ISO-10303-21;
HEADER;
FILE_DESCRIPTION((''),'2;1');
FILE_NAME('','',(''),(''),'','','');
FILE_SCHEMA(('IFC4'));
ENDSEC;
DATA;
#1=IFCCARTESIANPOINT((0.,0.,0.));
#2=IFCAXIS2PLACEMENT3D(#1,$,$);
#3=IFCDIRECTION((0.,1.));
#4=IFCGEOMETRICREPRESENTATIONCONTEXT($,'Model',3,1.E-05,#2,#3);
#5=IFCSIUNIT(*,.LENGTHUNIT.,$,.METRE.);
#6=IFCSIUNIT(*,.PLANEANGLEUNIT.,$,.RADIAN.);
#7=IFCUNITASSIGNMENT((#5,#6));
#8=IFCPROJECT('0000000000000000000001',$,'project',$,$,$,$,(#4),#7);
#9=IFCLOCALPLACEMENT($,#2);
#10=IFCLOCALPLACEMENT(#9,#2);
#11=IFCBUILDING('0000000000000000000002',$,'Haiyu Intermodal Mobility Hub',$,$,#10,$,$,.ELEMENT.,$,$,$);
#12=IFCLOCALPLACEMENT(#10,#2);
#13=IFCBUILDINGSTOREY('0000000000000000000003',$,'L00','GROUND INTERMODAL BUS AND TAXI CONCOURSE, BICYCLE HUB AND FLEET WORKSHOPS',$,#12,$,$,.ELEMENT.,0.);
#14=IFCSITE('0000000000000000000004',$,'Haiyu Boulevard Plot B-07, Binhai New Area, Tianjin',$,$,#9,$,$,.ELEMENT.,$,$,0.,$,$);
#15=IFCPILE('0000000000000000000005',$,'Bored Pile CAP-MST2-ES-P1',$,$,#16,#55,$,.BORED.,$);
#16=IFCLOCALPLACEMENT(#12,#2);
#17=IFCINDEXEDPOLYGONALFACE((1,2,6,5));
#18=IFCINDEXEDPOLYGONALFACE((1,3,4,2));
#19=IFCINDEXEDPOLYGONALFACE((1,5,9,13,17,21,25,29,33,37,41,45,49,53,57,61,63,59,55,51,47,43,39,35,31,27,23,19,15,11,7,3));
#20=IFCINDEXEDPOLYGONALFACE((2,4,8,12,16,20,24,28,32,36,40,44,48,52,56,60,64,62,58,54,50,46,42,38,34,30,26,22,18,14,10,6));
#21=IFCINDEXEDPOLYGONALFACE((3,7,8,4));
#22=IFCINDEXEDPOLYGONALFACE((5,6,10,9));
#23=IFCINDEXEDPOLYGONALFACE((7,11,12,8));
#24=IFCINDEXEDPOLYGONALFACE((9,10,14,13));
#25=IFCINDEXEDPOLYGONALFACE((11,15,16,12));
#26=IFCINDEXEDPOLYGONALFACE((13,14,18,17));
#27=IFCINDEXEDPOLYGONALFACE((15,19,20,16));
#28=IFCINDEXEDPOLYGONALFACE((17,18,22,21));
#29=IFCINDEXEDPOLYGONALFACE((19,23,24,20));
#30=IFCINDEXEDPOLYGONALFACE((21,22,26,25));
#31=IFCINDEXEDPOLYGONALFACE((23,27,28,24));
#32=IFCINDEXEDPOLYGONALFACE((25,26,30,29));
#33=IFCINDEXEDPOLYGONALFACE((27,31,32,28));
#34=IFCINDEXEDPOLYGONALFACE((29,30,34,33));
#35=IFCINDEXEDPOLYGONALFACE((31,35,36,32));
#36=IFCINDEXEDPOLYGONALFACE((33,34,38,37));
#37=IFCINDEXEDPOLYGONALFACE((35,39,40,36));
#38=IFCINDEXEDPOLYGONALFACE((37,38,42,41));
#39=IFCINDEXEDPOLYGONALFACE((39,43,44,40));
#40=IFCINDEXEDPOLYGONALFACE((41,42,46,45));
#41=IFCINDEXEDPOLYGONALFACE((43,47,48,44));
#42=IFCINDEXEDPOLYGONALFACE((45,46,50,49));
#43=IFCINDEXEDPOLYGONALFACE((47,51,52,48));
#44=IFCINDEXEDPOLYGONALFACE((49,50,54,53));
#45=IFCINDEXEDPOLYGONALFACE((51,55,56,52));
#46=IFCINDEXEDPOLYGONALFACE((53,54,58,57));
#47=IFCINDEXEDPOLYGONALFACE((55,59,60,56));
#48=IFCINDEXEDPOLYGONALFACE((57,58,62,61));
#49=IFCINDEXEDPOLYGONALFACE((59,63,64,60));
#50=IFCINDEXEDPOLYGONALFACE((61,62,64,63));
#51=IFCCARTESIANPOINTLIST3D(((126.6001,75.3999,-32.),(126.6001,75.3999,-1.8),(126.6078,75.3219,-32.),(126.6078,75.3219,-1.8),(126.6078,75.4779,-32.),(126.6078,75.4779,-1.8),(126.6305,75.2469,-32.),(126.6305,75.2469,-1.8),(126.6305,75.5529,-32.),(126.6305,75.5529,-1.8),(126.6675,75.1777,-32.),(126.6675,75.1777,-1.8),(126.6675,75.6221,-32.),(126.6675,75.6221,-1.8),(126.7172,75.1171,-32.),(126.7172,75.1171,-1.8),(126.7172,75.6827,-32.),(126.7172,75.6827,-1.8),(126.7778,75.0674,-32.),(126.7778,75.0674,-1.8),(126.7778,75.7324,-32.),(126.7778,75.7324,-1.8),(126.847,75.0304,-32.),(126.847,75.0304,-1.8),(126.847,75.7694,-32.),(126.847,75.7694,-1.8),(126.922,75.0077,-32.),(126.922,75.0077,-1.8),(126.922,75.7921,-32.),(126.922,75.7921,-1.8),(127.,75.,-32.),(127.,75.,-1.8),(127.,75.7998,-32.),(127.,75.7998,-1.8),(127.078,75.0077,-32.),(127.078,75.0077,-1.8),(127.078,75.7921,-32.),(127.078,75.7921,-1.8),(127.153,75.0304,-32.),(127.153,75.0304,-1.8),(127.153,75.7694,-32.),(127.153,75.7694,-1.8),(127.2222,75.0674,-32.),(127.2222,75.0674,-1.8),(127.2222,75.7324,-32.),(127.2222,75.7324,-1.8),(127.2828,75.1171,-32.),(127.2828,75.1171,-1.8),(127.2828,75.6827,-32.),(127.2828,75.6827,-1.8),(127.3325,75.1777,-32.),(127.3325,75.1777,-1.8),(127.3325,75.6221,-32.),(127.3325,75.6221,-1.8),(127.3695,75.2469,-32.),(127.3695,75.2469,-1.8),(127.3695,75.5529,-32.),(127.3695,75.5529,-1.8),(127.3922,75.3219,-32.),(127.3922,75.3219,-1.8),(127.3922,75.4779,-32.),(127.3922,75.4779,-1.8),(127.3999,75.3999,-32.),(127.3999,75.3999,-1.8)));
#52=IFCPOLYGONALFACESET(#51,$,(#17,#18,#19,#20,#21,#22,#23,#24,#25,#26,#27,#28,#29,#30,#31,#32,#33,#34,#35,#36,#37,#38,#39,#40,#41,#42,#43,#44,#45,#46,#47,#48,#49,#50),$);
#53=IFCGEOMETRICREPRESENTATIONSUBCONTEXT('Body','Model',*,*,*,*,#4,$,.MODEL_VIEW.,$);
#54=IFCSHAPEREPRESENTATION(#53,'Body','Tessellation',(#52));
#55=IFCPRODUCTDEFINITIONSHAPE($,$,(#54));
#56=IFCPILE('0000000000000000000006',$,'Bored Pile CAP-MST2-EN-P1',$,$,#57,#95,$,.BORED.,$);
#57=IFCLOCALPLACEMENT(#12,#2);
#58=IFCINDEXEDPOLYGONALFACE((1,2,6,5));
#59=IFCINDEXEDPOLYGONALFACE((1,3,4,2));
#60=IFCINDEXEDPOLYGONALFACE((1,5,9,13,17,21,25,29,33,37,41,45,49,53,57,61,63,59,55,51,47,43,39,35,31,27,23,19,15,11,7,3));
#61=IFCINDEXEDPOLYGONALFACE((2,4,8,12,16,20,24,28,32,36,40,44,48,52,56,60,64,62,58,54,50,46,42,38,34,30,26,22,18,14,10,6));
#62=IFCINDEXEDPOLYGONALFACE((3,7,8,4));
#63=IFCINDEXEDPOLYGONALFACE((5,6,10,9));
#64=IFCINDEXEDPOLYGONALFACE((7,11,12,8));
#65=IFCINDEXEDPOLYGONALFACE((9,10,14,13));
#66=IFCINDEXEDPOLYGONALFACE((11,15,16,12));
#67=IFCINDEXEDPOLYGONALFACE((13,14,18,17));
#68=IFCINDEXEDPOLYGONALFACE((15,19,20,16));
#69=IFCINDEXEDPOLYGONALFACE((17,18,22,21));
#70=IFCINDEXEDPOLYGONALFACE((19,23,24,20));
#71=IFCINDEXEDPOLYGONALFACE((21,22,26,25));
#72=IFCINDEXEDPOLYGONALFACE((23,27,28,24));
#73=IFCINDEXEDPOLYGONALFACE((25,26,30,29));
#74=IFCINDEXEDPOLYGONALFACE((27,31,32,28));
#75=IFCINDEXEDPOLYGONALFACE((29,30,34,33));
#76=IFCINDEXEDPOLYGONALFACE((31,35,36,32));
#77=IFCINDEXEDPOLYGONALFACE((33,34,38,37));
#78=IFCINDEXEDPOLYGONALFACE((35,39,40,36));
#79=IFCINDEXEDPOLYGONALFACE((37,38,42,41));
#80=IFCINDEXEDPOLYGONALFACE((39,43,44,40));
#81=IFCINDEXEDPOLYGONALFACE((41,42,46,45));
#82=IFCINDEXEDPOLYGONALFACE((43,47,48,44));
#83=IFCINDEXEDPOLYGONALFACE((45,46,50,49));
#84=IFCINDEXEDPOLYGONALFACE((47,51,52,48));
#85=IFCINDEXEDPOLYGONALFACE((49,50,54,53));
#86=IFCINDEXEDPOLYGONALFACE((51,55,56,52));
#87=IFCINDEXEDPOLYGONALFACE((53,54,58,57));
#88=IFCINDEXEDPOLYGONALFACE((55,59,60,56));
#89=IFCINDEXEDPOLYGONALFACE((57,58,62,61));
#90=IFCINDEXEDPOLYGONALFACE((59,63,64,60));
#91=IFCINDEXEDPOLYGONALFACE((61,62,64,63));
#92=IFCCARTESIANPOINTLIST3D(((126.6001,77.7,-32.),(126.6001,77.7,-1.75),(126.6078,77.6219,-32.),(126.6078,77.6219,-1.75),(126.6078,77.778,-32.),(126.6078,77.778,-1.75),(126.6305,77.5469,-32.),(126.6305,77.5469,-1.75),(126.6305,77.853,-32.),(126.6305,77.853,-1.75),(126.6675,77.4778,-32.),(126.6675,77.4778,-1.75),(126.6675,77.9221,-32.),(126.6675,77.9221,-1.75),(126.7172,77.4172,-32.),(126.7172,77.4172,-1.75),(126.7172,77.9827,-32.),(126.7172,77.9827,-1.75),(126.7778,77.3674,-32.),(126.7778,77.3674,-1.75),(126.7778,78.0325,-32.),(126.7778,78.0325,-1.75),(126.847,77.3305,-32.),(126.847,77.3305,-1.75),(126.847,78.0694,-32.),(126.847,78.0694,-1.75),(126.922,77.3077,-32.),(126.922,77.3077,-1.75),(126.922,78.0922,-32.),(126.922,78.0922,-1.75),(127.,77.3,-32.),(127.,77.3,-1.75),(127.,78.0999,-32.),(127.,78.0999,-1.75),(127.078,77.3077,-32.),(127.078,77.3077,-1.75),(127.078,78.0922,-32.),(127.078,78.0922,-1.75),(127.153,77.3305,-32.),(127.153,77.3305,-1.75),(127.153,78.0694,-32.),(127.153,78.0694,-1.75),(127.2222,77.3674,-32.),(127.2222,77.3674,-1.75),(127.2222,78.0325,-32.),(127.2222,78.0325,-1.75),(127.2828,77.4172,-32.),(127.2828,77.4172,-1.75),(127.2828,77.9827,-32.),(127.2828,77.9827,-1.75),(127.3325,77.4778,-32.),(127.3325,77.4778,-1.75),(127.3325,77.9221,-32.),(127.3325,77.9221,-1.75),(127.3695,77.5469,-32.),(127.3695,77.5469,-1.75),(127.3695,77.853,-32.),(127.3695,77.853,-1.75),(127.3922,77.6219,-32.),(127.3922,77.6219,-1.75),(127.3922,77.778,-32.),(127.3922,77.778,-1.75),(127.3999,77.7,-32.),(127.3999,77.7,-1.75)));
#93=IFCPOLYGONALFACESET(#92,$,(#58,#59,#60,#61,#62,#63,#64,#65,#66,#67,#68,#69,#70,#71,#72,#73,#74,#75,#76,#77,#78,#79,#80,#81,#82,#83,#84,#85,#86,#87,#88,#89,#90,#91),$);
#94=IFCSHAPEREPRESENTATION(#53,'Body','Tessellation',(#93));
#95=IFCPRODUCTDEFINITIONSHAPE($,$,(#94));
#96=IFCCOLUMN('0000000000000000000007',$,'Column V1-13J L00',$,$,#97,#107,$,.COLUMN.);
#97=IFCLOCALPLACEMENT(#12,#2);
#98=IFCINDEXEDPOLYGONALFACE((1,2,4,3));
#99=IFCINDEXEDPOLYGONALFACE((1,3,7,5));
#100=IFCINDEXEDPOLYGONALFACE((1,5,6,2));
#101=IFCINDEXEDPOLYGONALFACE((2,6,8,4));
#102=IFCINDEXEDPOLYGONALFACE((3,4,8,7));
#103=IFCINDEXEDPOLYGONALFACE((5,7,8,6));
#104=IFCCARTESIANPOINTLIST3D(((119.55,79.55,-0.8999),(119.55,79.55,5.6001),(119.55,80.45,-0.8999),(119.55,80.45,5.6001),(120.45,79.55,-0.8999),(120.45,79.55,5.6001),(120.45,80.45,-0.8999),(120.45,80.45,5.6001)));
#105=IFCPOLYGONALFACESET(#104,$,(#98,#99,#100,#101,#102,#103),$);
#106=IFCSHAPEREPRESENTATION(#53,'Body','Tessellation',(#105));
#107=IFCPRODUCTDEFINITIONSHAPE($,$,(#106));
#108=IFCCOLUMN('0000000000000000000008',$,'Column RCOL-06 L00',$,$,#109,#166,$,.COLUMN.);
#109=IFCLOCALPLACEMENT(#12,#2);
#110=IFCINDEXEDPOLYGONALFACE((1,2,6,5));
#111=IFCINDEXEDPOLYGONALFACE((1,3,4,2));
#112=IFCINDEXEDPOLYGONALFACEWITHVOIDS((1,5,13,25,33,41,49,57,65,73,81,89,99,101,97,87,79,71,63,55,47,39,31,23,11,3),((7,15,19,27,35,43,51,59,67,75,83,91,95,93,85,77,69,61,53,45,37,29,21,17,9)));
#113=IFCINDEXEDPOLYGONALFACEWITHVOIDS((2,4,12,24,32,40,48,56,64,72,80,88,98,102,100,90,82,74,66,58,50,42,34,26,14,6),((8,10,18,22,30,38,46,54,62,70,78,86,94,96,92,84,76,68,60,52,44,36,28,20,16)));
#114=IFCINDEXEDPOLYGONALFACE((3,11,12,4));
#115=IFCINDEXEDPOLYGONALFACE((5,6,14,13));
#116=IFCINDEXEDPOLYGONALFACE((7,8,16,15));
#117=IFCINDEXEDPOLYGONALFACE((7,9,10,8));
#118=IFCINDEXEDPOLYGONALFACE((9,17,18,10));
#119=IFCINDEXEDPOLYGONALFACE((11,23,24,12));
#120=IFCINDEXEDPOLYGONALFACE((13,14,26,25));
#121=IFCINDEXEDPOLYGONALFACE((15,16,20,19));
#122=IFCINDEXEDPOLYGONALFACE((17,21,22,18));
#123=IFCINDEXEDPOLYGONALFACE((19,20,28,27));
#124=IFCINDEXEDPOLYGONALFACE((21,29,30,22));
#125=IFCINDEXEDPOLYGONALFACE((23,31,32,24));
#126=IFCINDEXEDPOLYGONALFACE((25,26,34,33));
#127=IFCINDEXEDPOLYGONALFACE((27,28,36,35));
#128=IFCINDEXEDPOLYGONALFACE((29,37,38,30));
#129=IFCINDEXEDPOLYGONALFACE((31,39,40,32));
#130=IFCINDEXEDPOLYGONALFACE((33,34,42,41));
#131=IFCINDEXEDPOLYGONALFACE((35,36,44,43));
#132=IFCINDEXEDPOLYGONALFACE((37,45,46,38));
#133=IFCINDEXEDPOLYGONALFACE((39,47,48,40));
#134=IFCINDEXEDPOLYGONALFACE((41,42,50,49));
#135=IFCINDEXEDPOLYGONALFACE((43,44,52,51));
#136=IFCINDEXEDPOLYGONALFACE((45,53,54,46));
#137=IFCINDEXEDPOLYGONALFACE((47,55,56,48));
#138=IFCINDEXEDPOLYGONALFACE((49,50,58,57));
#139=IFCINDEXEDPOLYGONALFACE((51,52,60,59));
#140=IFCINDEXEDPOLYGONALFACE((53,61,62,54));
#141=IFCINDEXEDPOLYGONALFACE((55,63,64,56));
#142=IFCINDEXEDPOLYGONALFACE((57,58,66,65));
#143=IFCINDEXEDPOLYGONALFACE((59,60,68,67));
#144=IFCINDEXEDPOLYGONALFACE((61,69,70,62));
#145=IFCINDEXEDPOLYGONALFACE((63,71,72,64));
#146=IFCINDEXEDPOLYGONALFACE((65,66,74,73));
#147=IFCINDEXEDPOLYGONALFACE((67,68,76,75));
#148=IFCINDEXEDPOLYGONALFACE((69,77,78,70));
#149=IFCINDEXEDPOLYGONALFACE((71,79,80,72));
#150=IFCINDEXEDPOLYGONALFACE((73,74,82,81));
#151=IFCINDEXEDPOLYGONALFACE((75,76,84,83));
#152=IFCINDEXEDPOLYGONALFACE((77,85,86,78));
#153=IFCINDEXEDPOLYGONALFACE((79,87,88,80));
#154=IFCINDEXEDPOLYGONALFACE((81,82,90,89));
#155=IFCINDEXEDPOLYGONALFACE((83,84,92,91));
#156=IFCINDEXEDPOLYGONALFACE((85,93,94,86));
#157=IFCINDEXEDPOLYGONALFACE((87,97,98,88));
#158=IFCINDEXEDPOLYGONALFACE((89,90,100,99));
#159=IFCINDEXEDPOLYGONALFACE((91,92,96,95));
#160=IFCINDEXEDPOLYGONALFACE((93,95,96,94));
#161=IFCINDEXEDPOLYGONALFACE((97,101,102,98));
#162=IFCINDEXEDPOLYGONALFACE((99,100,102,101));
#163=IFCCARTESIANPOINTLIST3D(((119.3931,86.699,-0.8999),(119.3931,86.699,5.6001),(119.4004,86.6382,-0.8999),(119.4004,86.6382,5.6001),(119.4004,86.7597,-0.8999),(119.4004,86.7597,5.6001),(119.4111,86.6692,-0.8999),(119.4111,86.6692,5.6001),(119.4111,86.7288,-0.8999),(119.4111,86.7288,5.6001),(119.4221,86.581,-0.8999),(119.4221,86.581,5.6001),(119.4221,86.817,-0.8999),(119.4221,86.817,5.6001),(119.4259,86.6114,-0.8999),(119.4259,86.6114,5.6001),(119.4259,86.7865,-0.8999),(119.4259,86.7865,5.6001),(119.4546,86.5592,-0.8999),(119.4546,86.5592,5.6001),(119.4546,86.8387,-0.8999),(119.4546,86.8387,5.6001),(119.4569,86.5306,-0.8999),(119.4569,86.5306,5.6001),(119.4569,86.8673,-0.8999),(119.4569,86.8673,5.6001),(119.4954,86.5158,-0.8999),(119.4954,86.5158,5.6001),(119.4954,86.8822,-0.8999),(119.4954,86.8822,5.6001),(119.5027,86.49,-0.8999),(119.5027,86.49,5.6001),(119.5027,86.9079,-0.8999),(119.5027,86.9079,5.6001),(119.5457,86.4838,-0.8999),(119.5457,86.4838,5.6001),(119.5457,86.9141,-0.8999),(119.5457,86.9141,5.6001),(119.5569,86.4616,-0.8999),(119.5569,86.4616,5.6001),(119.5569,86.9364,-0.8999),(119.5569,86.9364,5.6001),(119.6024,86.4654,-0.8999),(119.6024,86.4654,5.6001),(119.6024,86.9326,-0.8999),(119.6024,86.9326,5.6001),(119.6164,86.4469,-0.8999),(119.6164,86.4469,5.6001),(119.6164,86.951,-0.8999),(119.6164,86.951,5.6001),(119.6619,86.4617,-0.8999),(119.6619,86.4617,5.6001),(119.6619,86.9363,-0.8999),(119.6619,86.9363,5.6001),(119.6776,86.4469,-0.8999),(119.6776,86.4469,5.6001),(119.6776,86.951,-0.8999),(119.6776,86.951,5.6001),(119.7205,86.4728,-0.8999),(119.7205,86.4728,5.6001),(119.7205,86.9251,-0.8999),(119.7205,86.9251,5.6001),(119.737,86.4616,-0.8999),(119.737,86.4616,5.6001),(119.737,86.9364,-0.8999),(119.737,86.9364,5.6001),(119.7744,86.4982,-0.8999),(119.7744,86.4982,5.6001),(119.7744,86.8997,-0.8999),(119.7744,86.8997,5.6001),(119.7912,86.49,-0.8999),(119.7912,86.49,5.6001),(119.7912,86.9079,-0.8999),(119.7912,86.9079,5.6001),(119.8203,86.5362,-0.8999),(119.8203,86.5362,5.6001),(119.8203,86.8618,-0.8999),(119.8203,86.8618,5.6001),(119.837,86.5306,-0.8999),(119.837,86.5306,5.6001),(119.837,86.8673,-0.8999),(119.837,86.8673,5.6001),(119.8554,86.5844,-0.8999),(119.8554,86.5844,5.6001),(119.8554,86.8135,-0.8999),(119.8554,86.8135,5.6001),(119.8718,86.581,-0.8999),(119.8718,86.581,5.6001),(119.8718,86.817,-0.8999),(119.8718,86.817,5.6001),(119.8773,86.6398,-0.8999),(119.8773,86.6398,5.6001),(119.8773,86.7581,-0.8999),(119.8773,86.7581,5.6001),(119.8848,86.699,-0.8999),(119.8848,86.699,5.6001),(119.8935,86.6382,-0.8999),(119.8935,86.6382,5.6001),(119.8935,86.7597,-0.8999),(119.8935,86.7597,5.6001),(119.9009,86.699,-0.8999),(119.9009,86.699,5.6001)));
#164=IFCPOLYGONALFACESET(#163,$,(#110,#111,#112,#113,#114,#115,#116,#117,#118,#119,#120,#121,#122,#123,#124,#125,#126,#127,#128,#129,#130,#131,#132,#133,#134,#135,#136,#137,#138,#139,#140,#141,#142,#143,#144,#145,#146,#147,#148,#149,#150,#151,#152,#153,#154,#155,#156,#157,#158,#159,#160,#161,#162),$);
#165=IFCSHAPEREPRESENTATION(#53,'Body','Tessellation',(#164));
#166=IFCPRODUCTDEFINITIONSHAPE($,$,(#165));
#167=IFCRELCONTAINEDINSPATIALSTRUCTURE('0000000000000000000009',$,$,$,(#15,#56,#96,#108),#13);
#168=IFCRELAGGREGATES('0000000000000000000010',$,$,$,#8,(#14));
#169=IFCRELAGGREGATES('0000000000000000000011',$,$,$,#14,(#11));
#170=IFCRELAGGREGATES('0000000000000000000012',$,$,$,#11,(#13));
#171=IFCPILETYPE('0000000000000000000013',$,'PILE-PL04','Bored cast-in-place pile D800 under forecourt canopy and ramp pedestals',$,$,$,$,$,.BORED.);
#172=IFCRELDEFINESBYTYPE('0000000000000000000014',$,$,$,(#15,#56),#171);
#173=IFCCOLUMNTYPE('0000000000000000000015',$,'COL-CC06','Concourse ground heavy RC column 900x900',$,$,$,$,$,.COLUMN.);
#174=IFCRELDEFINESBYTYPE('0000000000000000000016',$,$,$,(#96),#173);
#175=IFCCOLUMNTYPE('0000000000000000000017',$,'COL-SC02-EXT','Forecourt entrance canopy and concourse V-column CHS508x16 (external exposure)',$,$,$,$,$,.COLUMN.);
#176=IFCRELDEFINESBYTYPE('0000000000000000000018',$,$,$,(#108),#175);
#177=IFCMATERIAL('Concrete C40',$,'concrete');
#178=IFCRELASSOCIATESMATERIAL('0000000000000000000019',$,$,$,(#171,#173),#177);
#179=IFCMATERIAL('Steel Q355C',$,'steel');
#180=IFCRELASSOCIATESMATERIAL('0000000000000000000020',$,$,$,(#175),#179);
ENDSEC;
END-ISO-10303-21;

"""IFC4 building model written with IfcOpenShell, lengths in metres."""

from ifc_helpers import new_model, si_unit, direction, frame, origin, origin_2d, place, context, subcontext, project, spatial, rectangle, circle, hollow_circle, extrude, material, material_profile, profile_set, type_object, element, save


model = new_model("IFC4")

# Units and contexts
model_context = context("Model", 3, precision=1e-05, world=origin(), true_north=direction((0.0, 1.0)))
body_context = subcontext(model_context, "Body", "Model", "MODEL_VIEW")
ifc_project = project(units=[si_unit("LENGTHUNIT", "METRE"), si_unit("PLANEANGLEUNIT", "RADIAN")], contexts=[model_context])

# Site, building, storey
site_placement = place(None, origin())
site = spatial("IfcSite", under=ifc_project, at=site_placement, Name="Haiyu Boulevard Plot B-07, Binhai New Area, Tianjin", CompositionType="ELEMENT", RefElevation=0.0)
building_placement = place(site_placement, origin())
building = spatial("IfcBuilding", under=site, at=building_placement, Name="Haiyu Intermodal Mobility Hub", CompositionType="ELEMENT")
storey_placement = place(building_placement, origin())
storey = spatial("IfcBuildingStorey", under=building, at=storey_placement, Name="L00", Description="GROUND INTERMODAL BUS AND TAXI CONCOURSE, BICYCLE HUB AND FLEET WORKSHOPS", CompositionType="ELEMENT", Elevation=0.0)

# Shared definitions
ifc_material_1 = material(Name="Concrete C40", Category="concrete")

# Piles
ifc_material_profile_1 = material_profile(ifc_material_1, circle(Radius=0.3999, at=origin_2d()), Name="PILE-D800")
ifc_profile_set_1 = profile_set([ifc_material_profile_1], Name="Concrete C40")
pile_type_1 = type_object("IfcPileType", Name="PILE-PL04", Description="Bored cast-in-place pile D800 under forecourt canopy and ramp pedestals", PredefinedType="BORED", material=ifc_profile_set_1)
pile_1_placement = place(storey_placement, frame((127.0, 75.3999, -1.8), z_axis=(0.0, 0.0, -1.0), x_axis=(1.0, 0.0, 0.0)))
element("IfcPile", 1, at=pile_1_placement, inside=storey, type_object=pile_type_1, Name="Bored Pile CAP-MST2-ES-P1", PredefinedType="BORED", context=body_context, shape_type="SweptSolid", body=[
    extrude(circle(Radius=0.3999, at=origin_2d()), origin(), (0.0, 0.0, 1.0), 30.2),
])
pile_2_placement = place(storey_placement, frame((127.0, 77.7, -1.75), z_axis=(0.0, 0.0, -1.0), x_axis=(1.0, 0.0, 0.0)))
element("IfcPile", 2, at=pile_2_placement, inside=storey, type_object=pile_type_1, Name="Bored Pile CAP-MST2-EN-P1", PredefinedType="BORED", context=body_context, shape_type="SweptSolid", body=[
    extrude(circle(Radius=0.3999, at=origin_2d()), origin(), (0.0, 0.0, 1.0), 30.25),
])

# Columns
ifc_material_profile_2 = material_profile(ifc_material_1, rectangle(XDim=0.8999, YDim=0.8999, at=origin_2d()), Name="RC900x900")
ifc_profile_set_2 = profile_set([ifc_material_profile_2], Name="Concrete C40")
column_type_1 = type_object("IfcColumnType", Name="COL-CC06", Description="Concourse ground heavy RC column 900x900", PredefinedType="COLUMN", material=ifc_profile_set_2)
column_1_placement = place(storey_placement, frame((120.0, 80.0, -0.8999), z_axis=(0.0, 0.0, 1.0), x_axis=(1.0, 0.0, 0.0)))
element("IfcColumn", 3, at=column_1_placement, inside=storey, type_object=column_type_1, Name="Column V1-13J L00", PredefinedType="COLUMN", context=body_context, shape_type="SweptSolid", body=[
    extrude(rectangle(XDim=0.8999, YDim=0.8999, at=origin_2d()), origin(), (0.0, 0.0, 1.0), 6.5),
])
ifc_material_2 = material(Name="Steel Q355C", Category="steel")
ifc_material_profile_3 = material_profile(ifc_material_2, hollow_circle(Radius=0.2539, WallThickness=0.0161, at=origin_2d()), Name="CHS508x16")
ifc_profile_set_3 = profile_set([ifc_material_profile_3], Name="Steel Q355C")
column_type_2 = type_object("IfcColumnType", Name="COL-SC02-EXT", Description="Forecourt entrance canopy and concourse V-column CHS508x16 (external exposure)", PredefinedType="COLUMN", material=ifc_profile_set_3)
column_2_placement = place(storey_placement, frame((119.647, 86.699, -0.8999), z_axis=(0.0, 0.0, 1.0), x_axis=(1.0, 0.0, 0.0)))
element("IfcColumn", 4, at=column_2_placement, inside=storey, type_object=column_type_2, Name="Column RCOL-06 L00", PredefinedType="COLUMN", context=body_context, shape_type="SweptSolid", body=[
    extrude(hollow_circle(Radius=0.2539, WallThickness=0.0161, at=origin_2d()), origin(), (0.0, 0.0, 1.0), 6.5),
])

save(model, "model.ifc")
